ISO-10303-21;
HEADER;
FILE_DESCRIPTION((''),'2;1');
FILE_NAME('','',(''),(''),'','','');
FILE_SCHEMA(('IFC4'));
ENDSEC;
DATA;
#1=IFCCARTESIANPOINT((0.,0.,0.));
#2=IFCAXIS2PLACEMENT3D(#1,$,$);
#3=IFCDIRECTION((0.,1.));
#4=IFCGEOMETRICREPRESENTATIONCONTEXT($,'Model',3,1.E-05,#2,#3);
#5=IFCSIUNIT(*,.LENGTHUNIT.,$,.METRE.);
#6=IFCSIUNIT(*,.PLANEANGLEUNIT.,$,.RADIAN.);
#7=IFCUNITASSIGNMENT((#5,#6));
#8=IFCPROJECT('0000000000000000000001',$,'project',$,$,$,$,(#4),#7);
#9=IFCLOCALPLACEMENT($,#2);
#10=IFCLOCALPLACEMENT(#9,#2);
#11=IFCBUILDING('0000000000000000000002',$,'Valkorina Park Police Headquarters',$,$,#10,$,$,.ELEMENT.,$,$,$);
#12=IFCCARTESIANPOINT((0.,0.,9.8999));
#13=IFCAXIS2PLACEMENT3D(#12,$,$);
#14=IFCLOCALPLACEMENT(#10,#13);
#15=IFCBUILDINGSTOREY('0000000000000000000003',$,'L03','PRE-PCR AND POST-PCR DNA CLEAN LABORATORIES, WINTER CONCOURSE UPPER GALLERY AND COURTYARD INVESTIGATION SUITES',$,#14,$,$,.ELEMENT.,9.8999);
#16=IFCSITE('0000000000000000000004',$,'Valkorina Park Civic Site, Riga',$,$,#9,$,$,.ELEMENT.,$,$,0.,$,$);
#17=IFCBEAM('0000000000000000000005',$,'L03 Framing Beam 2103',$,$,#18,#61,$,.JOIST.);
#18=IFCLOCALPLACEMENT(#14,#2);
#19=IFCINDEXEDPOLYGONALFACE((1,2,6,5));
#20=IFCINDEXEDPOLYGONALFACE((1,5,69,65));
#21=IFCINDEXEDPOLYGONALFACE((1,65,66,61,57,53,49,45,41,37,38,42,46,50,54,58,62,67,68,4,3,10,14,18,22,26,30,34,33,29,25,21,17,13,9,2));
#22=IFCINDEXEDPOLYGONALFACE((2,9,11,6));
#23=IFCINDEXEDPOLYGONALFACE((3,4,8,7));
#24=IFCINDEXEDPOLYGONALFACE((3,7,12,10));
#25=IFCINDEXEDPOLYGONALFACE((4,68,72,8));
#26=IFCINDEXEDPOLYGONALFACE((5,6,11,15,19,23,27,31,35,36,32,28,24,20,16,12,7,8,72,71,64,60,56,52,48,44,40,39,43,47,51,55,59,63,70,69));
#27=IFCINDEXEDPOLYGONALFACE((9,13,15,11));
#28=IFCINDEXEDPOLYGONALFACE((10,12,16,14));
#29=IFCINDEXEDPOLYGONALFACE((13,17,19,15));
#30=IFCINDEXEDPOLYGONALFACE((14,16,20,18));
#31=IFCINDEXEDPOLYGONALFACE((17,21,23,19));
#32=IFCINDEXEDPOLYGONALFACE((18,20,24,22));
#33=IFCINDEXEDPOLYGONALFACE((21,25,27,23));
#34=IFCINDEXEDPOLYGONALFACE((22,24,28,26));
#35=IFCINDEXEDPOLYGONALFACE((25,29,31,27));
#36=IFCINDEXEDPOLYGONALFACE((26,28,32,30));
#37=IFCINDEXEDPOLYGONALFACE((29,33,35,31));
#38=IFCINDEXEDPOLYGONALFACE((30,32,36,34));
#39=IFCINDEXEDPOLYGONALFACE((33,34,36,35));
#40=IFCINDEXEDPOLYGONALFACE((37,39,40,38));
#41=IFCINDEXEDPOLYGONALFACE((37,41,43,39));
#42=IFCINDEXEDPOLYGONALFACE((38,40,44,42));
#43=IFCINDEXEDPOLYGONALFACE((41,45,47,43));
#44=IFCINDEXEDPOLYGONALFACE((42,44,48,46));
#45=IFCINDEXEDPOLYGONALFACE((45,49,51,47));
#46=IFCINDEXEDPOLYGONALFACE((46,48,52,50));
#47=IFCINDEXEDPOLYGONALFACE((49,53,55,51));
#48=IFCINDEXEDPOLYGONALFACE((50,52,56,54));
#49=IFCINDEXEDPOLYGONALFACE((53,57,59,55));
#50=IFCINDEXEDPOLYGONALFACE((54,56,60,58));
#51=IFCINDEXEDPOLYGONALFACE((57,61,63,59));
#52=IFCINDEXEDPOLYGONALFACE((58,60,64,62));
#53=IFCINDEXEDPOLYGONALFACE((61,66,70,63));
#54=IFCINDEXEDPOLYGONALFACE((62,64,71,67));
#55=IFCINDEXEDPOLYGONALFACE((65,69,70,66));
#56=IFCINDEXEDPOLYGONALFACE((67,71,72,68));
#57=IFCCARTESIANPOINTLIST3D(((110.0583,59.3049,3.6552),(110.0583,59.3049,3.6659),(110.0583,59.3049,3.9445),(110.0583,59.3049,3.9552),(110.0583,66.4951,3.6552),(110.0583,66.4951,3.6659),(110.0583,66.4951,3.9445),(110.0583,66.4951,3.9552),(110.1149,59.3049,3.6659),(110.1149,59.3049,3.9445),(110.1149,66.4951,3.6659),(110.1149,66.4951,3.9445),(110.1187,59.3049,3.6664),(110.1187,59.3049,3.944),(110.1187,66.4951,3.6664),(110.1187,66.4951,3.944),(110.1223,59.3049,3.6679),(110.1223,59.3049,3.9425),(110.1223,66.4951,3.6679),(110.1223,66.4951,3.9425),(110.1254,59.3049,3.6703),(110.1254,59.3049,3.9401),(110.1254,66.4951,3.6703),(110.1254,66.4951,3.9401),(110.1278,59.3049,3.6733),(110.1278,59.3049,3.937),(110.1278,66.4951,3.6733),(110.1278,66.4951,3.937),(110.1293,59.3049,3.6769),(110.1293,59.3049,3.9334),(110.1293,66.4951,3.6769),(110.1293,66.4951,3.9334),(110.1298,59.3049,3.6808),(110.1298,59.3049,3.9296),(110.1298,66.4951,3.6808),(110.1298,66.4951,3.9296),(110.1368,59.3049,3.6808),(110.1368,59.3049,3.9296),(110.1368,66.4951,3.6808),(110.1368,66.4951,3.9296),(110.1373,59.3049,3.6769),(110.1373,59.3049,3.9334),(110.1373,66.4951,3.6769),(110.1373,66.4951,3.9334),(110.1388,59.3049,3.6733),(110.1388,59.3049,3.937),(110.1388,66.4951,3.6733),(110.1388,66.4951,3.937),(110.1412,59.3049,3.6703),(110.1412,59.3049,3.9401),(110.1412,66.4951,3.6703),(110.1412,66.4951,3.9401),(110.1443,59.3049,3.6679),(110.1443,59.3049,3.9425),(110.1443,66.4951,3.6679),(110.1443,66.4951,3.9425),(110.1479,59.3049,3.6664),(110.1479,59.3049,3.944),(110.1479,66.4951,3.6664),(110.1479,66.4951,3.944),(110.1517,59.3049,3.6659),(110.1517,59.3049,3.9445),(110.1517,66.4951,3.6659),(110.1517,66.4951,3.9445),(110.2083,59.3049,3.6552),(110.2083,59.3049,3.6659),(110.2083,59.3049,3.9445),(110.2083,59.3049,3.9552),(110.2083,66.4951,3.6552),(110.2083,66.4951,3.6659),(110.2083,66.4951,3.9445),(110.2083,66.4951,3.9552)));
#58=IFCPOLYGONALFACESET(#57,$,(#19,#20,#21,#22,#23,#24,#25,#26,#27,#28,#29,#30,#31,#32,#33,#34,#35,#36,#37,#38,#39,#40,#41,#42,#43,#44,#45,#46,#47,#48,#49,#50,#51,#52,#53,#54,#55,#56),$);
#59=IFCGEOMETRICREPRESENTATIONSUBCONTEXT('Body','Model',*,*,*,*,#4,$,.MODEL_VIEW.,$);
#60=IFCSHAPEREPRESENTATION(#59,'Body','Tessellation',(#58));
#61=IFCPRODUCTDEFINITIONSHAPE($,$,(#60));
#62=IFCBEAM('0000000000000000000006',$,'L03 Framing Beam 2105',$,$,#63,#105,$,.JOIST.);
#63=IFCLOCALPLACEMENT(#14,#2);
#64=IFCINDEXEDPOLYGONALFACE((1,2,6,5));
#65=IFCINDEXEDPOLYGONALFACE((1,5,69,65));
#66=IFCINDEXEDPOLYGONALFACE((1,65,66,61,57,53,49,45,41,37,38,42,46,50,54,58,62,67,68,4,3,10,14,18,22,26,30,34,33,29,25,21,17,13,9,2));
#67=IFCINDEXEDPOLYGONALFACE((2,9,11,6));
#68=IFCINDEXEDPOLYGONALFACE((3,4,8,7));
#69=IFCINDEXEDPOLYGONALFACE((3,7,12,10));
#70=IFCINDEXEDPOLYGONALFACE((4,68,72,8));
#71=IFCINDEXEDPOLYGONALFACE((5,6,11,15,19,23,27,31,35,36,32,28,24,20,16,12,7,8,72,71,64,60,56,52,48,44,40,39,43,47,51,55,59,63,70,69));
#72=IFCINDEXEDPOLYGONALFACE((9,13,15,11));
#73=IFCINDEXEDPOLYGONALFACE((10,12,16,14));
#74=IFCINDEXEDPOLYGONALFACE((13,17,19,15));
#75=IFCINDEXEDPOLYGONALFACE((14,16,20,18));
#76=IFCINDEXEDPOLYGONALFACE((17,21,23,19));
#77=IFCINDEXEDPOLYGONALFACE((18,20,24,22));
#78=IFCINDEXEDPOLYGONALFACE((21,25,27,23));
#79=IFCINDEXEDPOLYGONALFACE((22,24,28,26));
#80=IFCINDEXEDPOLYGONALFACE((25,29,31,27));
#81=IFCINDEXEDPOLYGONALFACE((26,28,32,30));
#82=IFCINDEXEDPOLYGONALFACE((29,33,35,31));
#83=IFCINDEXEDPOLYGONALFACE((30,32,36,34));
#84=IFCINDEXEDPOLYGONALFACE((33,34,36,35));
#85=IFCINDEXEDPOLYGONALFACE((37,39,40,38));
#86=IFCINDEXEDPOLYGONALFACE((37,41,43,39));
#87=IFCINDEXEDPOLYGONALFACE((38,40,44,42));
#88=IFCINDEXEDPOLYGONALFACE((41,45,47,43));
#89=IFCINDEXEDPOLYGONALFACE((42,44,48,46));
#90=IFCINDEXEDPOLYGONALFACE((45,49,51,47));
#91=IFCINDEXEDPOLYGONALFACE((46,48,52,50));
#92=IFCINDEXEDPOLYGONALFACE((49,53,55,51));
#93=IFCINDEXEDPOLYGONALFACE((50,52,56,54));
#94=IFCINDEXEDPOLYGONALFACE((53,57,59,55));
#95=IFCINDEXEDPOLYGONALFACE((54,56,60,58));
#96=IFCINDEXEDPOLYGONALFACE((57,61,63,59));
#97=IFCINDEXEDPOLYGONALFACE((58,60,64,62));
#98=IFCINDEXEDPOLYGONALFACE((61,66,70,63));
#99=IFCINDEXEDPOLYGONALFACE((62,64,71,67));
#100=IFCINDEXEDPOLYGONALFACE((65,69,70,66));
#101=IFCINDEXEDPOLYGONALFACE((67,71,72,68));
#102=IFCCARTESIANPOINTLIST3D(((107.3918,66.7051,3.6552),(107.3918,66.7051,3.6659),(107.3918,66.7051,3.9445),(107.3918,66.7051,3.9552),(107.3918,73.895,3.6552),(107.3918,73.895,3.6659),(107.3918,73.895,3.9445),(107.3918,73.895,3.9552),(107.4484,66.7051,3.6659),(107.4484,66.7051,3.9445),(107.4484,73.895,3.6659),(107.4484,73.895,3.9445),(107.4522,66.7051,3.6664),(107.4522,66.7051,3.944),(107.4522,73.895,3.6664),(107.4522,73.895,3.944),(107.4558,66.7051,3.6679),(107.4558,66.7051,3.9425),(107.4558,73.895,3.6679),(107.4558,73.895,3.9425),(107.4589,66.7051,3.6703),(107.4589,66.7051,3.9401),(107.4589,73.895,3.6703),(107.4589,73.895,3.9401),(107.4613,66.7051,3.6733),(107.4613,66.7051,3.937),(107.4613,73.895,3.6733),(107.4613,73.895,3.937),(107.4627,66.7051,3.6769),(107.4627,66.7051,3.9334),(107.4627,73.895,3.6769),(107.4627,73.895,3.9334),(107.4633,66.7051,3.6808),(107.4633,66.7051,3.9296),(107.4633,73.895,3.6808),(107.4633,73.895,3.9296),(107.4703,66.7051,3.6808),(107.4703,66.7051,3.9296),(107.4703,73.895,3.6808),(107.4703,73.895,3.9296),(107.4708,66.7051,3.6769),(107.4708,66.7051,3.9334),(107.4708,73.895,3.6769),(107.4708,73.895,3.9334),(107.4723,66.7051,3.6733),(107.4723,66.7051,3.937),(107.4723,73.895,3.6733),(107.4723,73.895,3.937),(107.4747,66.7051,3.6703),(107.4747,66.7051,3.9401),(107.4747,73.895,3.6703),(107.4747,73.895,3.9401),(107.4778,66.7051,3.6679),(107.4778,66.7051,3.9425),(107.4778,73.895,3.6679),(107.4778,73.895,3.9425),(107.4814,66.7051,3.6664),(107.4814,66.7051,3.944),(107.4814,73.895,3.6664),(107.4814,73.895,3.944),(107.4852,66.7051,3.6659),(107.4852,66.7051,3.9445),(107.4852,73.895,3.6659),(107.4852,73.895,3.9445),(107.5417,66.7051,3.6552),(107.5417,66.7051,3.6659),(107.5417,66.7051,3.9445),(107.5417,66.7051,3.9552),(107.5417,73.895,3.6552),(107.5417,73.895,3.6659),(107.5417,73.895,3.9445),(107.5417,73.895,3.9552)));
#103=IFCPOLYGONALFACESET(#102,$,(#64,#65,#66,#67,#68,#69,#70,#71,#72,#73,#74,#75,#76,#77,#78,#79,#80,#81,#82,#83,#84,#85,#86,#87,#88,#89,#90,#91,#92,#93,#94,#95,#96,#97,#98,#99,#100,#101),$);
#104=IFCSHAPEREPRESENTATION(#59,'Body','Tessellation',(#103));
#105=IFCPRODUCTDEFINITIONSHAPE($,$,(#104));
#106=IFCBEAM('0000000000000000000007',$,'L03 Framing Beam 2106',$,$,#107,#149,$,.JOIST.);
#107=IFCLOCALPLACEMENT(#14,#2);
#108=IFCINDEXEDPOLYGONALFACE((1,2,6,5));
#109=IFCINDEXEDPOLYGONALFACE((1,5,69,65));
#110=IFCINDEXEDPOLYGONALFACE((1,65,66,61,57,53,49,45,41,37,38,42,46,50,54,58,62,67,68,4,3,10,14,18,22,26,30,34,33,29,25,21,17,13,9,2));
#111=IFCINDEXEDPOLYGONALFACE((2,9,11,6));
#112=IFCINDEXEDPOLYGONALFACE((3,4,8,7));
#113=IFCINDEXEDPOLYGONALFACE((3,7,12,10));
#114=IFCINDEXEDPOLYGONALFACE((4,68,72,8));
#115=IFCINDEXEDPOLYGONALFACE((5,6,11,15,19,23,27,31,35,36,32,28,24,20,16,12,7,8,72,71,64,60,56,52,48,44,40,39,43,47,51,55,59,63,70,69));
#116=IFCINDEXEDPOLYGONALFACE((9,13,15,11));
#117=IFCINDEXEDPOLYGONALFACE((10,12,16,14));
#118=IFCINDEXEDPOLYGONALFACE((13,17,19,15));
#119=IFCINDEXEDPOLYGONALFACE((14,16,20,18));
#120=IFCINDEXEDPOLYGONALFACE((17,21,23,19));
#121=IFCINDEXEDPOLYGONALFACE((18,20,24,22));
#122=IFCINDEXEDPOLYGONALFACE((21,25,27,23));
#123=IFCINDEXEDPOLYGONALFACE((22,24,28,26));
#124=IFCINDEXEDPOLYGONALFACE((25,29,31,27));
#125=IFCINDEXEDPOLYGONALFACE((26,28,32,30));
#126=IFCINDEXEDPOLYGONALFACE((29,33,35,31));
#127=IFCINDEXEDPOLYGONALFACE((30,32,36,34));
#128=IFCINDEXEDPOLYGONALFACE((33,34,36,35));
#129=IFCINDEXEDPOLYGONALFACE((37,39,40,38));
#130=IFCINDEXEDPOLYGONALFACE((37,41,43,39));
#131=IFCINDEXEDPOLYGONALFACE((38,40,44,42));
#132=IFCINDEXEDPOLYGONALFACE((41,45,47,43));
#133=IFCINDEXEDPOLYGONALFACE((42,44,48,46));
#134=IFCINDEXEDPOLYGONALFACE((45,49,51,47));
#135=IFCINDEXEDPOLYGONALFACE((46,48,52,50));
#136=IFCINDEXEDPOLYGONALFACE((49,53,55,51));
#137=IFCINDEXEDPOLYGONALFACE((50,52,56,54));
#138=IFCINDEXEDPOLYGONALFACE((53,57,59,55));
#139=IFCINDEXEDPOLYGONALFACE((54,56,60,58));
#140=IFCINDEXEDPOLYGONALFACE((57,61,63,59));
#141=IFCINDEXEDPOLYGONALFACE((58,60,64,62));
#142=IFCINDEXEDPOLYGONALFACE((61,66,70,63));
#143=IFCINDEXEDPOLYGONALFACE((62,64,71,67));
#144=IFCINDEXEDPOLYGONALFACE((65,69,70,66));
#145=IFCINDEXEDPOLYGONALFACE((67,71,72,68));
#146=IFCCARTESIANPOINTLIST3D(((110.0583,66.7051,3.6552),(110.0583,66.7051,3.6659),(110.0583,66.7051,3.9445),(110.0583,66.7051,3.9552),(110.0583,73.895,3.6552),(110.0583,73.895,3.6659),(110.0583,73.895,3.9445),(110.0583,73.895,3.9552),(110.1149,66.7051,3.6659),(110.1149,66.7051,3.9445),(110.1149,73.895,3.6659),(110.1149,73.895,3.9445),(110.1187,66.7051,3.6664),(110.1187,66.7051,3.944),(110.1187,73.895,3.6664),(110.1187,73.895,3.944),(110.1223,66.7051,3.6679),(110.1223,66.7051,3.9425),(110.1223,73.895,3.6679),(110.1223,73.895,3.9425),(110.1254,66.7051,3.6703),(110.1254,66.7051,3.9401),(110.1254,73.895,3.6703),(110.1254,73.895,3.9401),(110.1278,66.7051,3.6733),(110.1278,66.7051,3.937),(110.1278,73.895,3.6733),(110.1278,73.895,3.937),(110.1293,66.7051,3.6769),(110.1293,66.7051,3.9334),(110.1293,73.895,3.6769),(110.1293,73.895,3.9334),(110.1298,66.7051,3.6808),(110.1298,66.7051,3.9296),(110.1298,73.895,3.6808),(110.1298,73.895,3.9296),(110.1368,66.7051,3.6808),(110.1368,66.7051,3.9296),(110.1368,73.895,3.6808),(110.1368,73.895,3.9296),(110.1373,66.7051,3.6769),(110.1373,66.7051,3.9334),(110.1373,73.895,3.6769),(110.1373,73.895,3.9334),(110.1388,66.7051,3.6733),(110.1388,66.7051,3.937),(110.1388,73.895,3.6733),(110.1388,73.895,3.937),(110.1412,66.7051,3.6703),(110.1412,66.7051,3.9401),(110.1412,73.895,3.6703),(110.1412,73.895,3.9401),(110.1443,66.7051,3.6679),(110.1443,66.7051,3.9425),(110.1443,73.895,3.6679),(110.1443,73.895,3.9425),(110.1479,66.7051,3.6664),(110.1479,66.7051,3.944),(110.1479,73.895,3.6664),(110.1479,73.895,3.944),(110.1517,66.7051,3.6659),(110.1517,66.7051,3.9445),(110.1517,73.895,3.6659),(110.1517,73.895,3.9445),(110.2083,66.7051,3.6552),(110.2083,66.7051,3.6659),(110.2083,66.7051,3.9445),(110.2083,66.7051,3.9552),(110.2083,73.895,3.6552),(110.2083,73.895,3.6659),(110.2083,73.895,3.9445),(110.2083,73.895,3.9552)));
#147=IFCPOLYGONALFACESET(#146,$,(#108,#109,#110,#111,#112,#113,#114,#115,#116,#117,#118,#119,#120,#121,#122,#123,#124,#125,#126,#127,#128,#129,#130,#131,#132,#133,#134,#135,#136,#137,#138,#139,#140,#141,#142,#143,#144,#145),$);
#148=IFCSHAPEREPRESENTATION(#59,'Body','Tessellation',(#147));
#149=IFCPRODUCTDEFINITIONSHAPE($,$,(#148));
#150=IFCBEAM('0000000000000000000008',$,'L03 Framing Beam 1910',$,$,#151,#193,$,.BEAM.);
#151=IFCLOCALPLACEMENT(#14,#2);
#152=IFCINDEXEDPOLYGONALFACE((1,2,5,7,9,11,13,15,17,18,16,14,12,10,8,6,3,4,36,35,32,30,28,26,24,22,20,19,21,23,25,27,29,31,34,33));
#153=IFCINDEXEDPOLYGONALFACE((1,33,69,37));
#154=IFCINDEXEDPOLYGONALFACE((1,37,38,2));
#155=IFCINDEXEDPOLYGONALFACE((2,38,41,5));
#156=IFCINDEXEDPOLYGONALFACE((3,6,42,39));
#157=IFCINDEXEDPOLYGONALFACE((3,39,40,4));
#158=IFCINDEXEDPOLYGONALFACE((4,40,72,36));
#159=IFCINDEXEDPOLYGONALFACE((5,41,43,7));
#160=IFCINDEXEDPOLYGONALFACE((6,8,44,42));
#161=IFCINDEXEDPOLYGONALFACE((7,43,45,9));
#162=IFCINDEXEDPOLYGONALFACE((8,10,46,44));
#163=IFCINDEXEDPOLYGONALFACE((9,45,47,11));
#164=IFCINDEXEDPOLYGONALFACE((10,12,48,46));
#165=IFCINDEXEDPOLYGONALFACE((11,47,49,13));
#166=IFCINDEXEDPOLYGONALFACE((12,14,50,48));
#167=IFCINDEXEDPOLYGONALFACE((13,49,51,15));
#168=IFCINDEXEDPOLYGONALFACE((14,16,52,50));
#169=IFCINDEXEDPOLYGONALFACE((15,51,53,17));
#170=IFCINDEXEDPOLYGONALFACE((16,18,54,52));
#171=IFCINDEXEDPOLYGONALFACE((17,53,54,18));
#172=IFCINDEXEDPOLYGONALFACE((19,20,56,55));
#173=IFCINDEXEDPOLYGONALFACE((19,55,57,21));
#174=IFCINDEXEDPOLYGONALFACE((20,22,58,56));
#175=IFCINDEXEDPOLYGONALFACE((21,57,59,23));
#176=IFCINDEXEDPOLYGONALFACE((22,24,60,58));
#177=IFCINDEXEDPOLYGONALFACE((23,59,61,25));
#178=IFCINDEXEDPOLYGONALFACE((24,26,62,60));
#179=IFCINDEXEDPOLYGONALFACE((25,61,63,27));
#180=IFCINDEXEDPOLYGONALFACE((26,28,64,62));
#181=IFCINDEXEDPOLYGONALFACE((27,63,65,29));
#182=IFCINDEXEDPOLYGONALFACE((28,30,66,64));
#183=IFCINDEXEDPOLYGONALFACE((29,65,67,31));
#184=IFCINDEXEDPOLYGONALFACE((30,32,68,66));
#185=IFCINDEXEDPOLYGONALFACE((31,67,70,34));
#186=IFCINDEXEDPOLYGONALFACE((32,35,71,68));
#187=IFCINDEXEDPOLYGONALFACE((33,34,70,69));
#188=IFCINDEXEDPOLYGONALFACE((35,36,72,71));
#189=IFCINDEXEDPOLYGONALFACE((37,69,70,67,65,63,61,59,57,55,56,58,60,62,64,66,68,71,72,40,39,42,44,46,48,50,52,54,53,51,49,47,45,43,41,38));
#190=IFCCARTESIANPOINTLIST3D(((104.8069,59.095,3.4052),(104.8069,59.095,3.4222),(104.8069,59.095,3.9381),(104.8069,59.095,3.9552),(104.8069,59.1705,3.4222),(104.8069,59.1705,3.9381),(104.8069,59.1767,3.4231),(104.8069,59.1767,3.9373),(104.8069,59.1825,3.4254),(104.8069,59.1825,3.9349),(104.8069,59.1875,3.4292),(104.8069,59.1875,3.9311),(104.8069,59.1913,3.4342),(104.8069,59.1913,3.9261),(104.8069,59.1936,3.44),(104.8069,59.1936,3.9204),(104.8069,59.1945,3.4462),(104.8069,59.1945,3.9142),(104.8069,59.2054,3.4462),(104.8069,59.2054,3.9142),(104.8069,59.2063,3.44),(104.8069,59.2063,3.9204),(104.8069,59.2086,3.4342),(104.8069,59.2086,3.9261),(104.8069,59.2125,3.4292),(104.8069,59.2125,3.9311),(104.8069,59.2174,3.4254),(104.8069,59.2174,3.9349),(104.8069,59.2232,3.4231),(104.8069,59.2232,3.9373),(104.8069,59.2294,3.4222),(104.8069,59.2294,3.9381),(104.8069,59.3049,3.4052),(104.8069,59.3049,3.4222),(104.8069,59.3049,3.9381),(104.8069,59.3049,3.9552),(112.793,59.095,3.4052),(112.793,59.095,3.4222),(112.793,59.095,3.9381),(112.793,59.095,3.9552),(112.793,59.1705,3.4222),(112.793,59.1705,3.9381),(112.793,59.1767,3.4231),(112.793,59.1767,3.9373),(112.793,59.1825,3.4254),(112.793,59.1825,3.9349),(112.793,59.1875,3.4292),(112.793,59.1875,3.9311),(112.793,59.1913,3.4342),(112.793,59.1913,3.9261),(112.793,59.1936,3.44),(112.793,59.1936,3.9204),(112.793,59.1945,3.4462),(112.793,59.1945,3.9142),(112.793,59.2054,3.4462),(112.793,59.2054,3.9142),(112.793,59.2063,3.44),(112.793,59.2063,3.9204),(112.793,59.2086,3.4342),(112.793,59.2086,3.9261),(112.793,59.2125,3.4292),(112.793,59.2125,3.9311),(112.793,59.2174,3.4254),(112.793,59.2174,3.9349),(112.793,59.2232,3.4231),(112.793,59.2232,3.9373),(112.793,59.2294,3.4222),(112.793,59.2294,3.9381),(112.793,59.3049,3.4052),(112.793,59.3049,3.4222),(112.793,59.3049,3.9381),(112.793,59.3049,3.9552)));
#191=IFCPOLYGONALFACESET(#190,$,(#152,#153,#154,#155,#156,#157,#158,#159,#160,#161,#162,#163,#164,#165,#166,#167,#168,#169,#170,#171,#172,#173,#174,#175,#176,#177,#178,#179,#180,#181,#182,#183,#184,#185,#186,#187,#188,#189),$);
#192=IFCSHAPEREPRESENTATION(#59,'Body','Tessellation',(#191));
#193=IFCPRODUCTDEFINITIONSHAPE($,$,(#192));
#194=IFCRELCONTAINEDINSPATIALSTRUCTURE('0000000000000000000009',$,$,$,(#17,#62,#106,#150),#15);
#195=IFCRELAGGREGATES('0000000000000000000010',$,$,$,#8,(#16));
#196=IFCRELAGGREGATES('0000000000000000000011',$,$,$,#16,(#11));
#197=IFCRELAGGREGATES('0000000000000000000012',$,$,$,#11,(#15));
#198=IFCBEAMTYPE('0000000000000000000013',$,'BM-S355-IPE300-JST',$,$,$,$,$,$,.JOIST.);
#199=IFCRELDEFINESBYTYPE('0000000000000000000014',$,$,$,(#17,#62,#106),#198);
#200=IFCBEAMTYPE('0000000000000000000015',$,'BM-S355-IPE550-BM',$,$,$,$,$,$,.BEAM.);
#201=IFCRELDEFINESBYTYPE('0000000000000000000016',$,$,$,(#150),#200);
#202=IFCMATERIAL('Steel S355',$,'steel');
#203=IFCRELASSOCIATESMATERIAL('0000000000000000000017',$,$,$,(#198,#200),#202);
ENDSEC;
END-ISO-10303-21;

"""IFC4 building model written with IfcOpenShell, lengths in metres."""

from ifc_helpers import new_model, si_unit, direction, frame, origin, origin_2d, place, context, subcontext, project, spatial, i_section, extrude, material, material_profile, profile_set, type_object, element, save


model = new_model("IFC4")

# Units and contexts
model_context = context("Model", 3, precision=1e-05, world=origin(), true_north=direction((0.0, 1.0)))
body_context = subcontext(model_context, "Body", "Model", "MODEL_VIEW")
ifc_project = project(units=[si_unit("LENGTHUNIT", "METRE"), si_unit("PLANEANGLEUNIT", "RADIAN")], contexts=[model_context])

# Site, building, storey
site_placement = place(None, origin())
site = spatial("IfcSite", under=ifc_project, at=site_placement, Name="Valkorina Park Civic Site, Riga", CompositionType="ELEMENT", RefElevation=0.0)
building_placement = place(site_placement, origin())
building = spatial("IfcBuilding", under=site, at=building_placement, Name="Valkorina Park Police Headquarters", CompositionType="ELEMENT")
storey_placement = place(building_placement, frame((0.0, 0.0, 9.8999)))
storey = spatial("IfcBuildingStorey", under=building, at=storey_placement, Name="L03", Description="PRE-PCR AND POST-PCR DNA CLEAN LABORATORIES, WINTER CONCOURSE UPPER GALLERY AND COURTYARD INVESTIGATION SUITES", CompositionType="ELEMENT", Elevation=9.8999)

# Shared definitions
ifc_material_1 = material(Name="Steel S355", Category="steel")

# Beams
ifc_material_profile_1 = material_profile(ifc_material_1, i_section(OverallWidth=0.1499, OverallDepth=0.3, WebThickness=0.0071, FlangeThickness=0.0107, FilletRadius=0.0149, at=origin_2d()), Name="IPE 300")
ifc_profile_set_1 = profile_set([ifc_material_profile_1], Name="Steel S355")
beam_type_1 = type_object("IfcBeamType", Name="BM-S355-IPE300-JST", PredefinedType="JOIST", material=ifc_profile_set_1)
for number, where, z_axis, x_axis, name in (
    (1, (110.1333, 59.3049, 3.8052), (0.0, 1.0, 0.0), (-1.0, 0.0, 0.0), "L03 Framing Beam 2103"),
):
    element("IfcBeam", number, at=place(storey_placement, frame(where, z_axis=z_axis, x_axis=x_axis)), inside=storey, type_object=beam_type_1, Name=name, PredefinedType="JOIST", context=body_context, shape_type="SweptSolid", body=[
        extrude(i_section(OverallWidth=0.1499, OverallDepth=0.3, WebThickness=0.0071, FlangeThickness=0.0107, FilletRadius=0.0149, at=origin_2d()), origin(), (0.0, 0.0, 1.0), 7.1902),
    ])
for number, where, z_axis, x_axis, name in (
    (2, (107.4668, 66.7051, 3.8052), (0.0, 1.0, 0.0), (-1.0, 0.0, 0.0), "L03 Framing Beam 2105"),
    (3, (110.1333, 66.7051, 3.8052), (0.0, 1.0, 0.0), (-1.0, 0.0, 0.0), "L03 Framing Beam 2106"),
):
    element("IfcBeam", number, at=place(storey_placement, frame(where, z_axis=z_axis, x_axis=x_axis)), inside=storey, type_object=beam_type_1, Name=name, PredefinedType="JOIST", context=body_context, shape_type="SweptSolid", body=[
        extrude(i_section(OverallWidth=0.1499, OverallDepth=0.3, WebThickness=0.0071, FlangeThickness=0.0107, FilletRadius=0.0149, at=origin_2d()), origin(), (0.0, 0.0, 1.0), 7.1899),
    ])
ifc_material_profile_2 = material_profile(ifc_material_1, i_section(OverallWidth=0.21, OverallDepth=0.55, WebThickness=0.011, FlangeThickness=0.0171, FilletRadius=0.0239, at=origin_2d()), Name="IPE 550")
ifc_profile_set_2 = profile_set([ifc_material_profile_2], Name="Steel S355")
beam_type_2 = type_object("IfcBeamType", Name="BM-S355-IPE550-BM", PredefinedType="BEAM", material=ifc_profile_set_2)
for number, where, z_axis, x_axis, name in (
    (4, (104.8069, 59.2, 3.6802), (1.0, 0.0, 0.0), (0.0, 1.0, 0.0), "L03 Framing Beam 1910"),
):
    element("IfcBeam", number, at=place(storey_placement, frame(where, z_axis=z_axis, x_axis=x_axis)), inside=storey, type_object=beam_type_2, Name=name, PredefinedType="BEAM", context=body_context, shape_type="SweptSolid", body=[
        extrude(i_section(OverallWidth=0.21, OverallDepth=0.55, WebThickness=0.011, FlangeThickness=0.0171, FilletRadius=0.0239, at=origin_2d()), origin(), (0.0, 0.0, 1.0), 7.9861),
    ])

save(model, "model.ifc")
